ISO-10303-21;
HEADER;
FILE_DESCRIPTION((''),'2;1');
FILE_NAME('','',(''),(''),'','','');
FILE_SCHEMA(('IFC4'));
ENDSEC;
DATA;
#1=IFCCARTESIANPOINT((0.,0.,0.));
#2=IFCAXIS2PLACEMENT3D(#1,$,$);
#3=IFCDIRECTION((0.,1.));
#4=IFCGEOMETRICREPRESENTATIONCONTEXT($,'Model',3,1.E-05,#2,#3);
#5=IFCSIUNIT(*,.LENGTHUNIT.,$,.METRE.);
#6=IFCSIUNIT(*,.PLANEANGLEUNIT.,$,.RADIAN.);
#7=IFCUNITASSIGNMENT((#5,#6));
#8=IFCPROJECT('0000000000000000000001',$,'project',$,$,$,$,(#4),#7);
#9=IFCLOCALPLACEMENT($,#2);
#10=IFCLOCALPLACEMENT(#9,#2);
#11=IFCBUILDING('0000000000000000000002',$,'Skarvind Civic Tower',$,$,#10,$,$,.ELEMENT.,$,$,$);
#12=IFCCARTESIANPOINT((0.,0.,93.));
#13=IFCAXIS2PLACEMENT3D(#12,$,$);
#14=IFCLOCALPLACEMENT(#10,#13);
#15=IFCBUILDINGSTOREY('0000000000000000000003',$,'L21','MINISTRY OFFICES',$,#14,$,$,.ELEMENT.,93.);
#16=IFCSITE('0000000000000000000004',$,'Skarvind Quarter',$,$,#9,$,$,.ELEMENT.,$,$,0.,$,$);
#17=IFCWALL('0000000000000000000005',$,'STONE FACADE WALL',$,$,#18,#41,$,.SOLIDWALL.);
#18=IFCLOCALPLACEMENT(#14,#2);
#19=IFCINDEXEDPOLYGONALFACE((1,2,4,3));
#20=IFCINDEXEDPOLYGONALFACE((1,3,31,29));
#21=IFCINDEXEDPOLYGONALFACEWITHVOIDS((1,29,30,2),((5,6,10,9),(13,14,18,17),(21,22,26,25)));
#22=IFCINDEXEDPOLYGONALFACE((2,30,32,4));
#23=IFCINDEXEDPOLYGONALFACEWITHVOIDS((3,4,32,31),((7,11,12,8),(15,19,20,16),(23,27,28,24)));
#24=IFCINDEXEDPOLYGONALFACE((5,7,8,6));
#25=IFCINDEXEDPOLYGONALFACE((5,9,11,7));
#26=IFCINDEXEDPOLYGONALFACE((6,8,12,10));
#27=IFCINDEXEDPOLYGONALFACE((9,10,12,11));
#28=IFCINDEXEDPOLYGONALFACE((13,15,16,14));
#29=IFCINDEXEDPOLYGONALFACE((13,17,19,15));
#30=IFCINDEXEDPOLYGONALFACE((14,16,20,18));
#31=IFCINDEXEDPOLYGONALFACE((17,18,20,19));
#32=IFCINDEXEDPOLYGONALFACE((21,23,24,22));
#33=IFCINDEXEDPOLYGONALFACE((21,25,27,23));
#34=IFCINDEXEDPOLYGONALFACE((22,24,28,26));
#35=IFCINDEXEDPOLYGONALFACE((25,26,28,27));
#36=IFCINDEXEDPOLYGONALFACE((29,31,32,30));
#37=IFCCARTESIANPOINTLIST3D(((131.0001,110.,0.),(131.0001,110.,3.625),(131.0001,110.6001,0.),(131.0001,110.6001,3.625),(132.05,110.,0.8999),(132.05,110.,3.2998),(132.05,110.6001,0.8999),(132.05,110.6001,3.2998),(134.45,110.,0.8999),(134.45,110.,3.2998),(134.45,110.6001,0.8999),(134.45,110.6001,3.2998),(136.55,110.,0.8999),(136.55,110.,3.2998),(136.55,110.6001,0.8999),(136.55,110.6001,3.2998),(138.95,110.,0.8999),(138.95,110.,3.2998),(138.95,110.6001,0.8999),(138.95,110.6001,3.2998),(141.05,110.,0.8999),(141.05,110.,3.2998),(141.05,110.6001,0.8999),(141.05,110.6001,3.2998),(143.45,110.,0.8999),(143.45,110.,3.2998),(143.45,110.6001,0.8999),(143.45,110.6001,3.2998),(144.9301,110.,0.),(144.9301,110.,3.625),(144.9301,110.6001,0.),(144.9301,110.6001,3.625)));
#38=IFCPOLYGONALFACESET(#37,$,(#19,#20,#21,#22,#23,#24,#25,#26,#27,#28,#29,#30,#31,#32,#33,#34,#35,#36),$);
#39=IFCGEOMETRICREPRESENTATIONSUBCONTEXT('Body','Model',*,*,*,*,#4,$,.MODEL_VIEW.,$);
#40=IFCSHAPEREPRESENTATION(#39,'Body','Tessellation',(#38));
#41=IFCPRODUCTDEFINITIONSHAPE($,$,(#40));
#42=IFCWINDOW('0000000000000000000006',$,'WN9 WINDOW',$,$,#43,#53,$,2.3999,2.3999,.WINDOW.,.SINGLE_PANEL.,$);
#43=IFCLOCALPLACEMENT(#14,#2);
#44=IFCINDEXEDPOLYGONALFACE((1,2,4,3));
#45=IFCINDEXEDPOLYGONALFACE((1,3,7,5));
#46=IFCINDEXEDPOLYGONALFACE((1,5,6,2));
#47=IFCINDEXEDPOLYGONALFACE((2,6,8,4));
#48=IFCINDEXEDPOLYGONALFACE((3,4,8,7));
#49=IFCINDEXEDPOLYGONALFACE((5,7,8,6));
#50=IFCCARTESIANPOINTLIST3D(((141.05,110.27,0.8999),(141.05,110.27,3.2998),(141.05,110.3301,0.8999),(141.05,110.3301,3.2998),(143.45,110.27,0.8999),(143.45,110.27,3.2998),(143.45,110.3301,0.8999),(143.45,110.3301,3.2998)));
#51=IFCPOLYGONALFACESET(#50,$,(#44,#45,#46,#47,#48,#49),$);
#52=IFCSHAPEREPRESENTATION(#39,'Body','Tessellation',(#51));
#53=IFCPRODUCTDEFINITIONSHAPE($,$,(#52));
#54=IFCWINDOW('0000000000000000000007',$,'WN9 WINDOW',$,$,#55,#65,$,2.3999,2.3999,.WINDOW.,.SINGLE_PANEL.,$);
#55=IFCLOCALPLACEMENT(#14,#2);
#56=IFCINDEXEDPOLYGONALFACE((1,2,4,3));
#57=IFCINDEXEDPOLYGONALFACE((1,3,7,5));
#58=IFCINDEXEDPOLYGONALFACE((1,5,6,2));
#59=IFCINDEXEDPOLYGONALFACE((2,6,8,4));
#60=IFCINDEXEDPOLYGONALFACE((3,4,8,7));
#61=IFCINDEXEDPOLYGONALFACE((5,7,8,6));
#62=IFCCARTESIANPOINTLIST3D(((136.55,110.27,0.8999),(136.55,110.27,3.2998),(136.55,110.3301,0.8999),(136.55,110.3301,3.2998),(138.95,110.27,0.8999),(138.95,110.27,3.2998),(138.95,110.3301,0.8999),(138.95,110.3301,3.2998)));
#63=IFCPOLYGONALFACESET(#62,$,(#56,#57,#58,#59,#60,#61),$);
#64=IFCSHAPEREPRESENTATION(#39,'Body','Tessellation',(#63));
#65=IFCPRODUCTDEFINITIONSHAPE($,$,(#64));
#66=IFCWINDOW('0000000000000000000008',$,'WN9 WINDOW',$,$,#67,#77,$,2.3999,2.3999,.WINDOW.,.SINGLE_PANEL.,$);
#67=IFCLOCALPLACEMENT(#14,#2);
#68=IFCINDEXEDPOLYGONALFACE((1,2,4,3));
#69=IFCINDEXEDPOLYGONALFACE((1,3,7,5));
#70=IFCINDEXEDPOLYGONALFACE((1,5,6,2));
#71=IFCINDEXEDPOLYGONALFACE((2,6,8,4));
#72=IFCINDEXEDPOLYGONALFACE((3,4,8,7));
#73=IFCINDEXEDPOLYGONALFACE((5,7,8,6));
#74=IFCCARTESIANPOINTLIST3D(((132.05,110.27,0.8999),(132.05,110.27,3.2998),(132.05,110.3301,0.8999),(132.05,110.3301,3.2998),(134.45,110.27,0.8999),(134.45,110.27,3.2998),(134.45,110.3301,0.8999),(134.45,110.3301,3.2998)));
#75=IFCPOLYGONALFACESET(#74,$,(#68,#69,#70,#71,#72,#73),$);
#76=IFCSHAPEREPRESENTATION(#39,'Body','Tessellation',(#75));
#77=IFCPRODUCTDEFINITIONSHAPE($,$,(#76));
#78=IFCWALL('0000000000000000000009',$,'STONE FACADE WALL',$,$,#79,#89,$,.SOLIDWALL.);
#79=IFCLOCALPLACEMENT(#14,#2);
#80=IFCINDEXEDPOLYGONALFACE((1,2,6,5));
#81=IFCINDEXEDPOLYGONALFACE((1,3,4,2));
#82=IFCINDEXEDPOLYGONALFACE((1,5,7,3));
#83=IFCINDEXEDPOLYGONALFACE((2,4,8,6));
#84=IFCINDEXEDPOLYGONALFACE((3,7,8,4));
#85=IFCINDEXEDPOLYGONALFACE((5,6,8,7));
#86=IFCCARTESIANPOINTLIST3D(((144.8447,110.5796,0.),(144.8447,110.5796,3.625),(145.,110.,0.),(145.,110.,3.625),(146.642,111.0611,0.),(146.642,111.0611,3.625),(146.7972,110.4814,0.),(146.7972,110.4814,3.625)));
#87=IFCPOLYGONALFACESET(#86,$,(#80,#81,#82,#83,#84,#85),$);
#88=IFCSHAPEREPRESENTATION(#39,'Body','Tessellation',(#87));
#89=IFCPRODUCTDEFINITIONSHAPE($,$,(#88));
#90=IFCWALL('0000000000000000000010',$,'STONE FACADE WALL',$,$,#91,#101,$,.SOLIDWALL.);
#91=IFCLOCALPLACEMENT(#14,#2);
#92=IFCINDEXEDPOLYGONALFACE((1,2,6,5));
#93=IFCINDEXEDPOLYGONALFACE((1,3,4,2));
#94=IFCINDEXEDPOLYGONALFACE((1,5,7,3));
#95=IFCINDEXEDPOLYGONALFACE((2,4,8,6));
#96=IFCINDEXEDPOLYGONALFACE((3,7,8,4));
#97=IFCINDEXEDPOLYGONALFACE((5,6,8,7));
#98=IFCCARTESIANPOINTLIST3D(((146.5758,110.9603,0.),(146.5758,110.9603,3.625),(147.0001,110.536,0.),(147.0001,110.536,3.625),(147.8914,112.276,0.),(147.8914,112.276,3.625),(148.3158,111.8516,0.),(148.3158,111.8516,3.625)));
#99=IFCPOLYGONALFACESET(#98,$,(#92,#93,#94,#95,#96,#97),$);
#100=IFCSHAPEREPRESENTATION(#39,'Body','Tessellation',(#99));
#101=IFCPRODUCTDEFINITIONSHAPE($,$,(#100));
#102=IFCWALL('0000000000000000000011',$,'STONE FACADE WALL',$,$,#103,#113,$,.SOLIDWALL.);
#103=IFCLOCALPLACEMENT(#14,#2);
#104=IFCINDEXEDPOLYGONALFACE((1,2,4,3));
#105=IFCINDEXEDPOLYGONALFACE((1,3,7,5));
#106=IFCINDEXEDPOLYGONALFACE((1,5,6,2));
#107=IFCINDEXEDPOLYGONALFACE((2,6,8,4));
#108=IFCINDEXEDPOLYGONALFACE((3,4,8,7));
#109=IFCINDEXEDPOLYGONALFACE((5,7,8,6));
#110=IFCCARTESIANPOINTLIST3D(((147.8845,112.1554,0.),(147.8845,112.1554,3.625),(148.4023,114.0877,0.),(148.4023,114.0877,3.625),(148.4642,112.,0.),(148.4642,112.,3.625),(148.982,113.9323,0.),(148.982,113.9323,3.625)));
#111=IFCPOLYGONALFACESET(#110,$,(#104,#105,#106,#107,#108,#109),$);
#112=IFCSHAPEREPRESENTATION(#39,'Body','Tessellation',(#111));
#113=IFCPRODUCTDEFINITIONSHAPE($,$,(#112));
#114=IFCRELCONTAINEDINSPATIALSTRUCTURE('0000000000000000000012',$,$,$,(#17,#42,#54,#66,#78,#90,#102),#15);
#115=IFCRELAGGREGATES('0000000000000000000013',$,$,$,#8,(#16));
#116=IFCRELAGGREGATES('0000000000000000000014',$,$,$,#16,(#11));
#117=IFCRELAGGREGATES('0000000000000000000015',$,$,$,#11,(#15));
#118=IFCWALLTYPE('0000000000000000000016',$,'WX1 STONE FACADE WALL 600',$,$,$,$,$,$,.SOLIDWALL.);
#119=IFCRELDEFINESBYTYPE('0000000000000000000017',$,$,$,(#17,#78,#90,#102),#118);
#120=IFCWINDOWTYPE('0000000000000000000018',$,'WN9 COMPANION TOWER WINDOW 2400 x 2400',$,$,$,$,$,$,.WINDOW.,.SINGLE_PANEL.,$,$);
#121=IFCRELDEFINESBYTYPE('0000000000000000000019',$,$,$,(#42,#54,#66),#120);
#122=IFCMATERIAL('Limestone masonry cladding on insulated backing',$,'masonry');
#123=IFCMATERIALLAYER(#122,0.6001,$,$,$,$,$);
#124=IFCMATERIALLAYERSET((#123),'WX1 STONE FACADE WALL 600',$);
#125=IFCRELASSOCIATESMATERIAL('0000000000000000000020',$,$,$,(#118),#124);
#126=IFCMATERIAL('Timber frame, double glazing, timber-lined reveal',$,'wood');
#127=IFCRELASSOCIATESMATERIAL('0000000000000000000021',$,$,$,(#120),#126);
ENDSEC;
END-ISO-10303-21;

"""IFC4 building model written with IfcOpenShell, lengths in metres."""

from ifc_helpers import new_model, si_unit, direction, frame, frame_2d, origin, place, context, subcontext, project, spatial, rectangle, extrude, material, layer, layer_set, type_object, element, fill, save


model = new_model("IFC4")

# Units and contexts
model_context = context("Model", 3, precision=1e-05, world=origin(), true_north=direction((0.0, 1.0)))
body_context = subcontext(model_context, "Body", "Model", "MODEL_VIEW")
ifc_project = project(units=[si_unit("LENGTHUNIT", "METRE"), si_unit("PLANEANGLEUNIT", "RADIAN")], contexts=[model_context])

# Site, building, storey
site_placement = place(None, origin())
site = spatial("IfcSite", under=ifc_project, at=site_placement, Name="Skarvind Quarter", CompositionType="ELEMENT", RefElevation=0.0)
building_placement = place(site_placement, origin())
building = spatial("IfcBuilding", under=site, at=building_placement, Name="Skarvind Civic Tower", CompositionType="ELEMENT")
storey_placement = place(building_placement, frame((0.0, 0.0, 93.0)))
storey = spatial("IfcBuildingStorey", under=building, at=storey_placement, Name="L21", Description="MINISTRY OFFICES", CompositionType="ELEMENT", Elevation=93.0)

# Wall, openings, windows
ifc_material_1 = material(Name="Limestone masonry cladding on insulated backing", Category="masonry")
ifc_layer_1 = layer(ifc_material_1, 0.6001)
ifc_layer_set_1 = layer_set([ifc_layer_1], Name="WX1 STONE FACADE WALL 600")
wall_type_1 = type_object("IfcWallType", Name="WX1 STONE FACADE WALL 600", PredefinedType="SOLIDWALL", material=ifc_layer_set_1)
wall_1_placement = place(storey_placement, frame((144.9299, 110.3, 0.0), z_axis=(0.0, 0.0, 1.0), x_axis=(-1.0, 0.0, 0.0)))
wall_1 = element("IfcWall", 1, at=wall_1_placement, inside=storey, type_object=wall_type_1, Name="STONE FACADE WALL", PredefinedType="SOLIDWALL", context=body_context, shape_type="SweptSolid", body=[
    extrude(rectangle(XDim=13.9299, YDim=0.6001, at=frame_2d((6.9648, 0.0))), origin(), (0.0, 0.0, 1.0), 3.625),
])
opening_1_placement = place(wall_1_placement, frame((1.48, 0.0, 0.8999)))
opening_1 = element("IfcOpeningElement", 2, at=opening_1_placement, cuts=wall_1, PredefinedType="OPENING", context=body_context, shape_type="SweptSolid", body=[
    extrude(rectangle(XDim=2.3999, YDim=2.3999, at=frame_2d((1.2, 1.2))), frame((0.0, 0.3101, 0.0), z_axis=(0.0, -1.0, 0.0), x_axis=(1.0, 0.0, 0.0)), (0.0, 0.0, 1.0), 0.6201),
])
opening_2_placement = place(wall_1_placement, frame((5.98, 0.0, 0.8999)))
opening_2 = element("IfcOpeningElement", 3, at=opening_2_placement, cuts=wall_1, PredefinedType="OPENING", context=body_context, shape_type="SweptSolid", body=[
    extrude(rectangle(XDim=2.3999, YDim=2.3999, at=frame_2d((1.2, 1.2))), frame((0.0, 0.3101, 0.0), z_axis=(0.0, -1.0, 0.0), x_axis=(1.0, 0.0, 0.0)), (0.0, 0.0, 1.0), 0.6201),
])
opening_3_placement = place(wall_1_placement, frame((10.48, 0.0, 0.8999)))
opening_3 = element("IfcOpeningElement", 4, at=opening_3_placement, cuts=wall_1, PredefinedType="OPENING", context=body_context, shape_type="SweptSolid", body=[
    extrude(rectangle(XDim=2.3999, YDim=2.3999, at=frame_2d((1.2, 1.2))), frame((0.0, 0.3101, 0.0), z_axis=(0.0, -1.0, 0.0), x_axis=(1.0, 0.0, 0.0)), (0.0, 0.0, 1.0), 0.6201),
])
ifc_material_2 = material(Name="Timber frame, double glazing, timber-lined reveal", Category="wood")
window_type = type_object("IfcWindowType", Name="WN9 COMPANION TOWER WINDOW 2400 x 2400", PartitioningType="SINGLE_PANEL", PredefinedType="WINDOW", material=ifc_material_2)
window_1_placement = place(opening_1_placement, origin())
window_1 = element("IfcWindow", 5, at=window_1_placement, inside=storey, type_object=window_type, Name="WN9 WINDOW", OverallHeight=2.3999, OverallWidth=2.3999, PartitioningType="SINGLE_PANEL", PredefinedType="WINDOW", context=body_context, shape_type="SweptSolid", body=[
    extrude(rectangle(XDim=2.3999, YDim=2.3999, at=frame_2d((1.2, 1.2))), frame((0.0, 0.03, 0.0), z_axis=(0.0, -1.0, 0.0), x_axis=(1.0, 0.0, 0.0)), (0.0, 0.0, 1.0), 0.0601),
])
fill(opening_1, window_1)
window_2_placement = place(opening_2_placement, origin())
window_2 = element("IfcWindow", 6, at=window_2_placement, inside=storey, type_object=window_type, Name="WN9 WINDOW", OverallHeight=2.3999, OverallWidth=2.3999, PartitioningType="SINGLE_PANEL", PredefinedType="WINDOW", context=body_context, shape_type="SweptSolid", body=[
    extrude(rectangle(XDim=2.3999, YDim=2.3999, at=frame_2d((1.2, 1.2))), frame((0.0, 0.03, 0.0), z_axis=(0.0, -1.0, 0.0), x_axis=(1.0, 0.0, 0.0)), (0.0, 0.0, 1.0), 0.0601),
])
fill(opening_2, window_2)
window_3_placement = place(opening_3_placement, origin())
window_3 = element("IfcWindow", 7, at=window_3_placement, inside=storey, type_object=window_type, Name="WN9 WINDOW", OverallHeight=2.3999, OverallWidth=2.3999, PartitioningType="SINGLE_PANEL", PredefinedType="WINDOW", context=body_context, shape_type="SweptSolid", body=[
    extrude(rectangle(XDim=2.3999, YDim=2.3999, at=frame_2d((1.2, 1.2))), frame((0.0, 0.03, 0.0), z_axis=(0.0, -1.0, 0.0), x_axis=(1.0, 0.0, 0.0)), (0.0, 0.0, 1.0), 0.0601),
])
fill(opening_3, window_3)

# Walls
for number, where, z_axis, x_axis, name in (
    (8, (146.7195, 110.7712, 0.0), (0.0, 0.0, 1.0), (-0.965938, -0.258773, 0.0), "STONE FACADE WALL"),
    (9, (148.1035, 112.0637, 0.0), (0.0, 0.0, 1.0), (-0.707107, -0.707107, 0.0), "STONE FACADE WALL"),
):
    element("IfcWall", number, at=place(storey_placement, frame(where, z_axis=z_axis, x_axis=x_axis)), inside=storey, type_object=wall_type_1, Name=name, PredefinedType="SOLIDWALL", context=body_context, shape_type="SweptSolid", body=[
        extrude(rectangle(XDim=1.8606, YDim=0.6001, at=frame_2d((0.9302, 0.0))), origin(), (0.0, 0.0, 1.0), 3.625),
    ])
wall_2_placement = place(storey_placement, frame((148.6921, 114.01, 0.0), z_axis=(0.0, 0.0, 1.0), x_axis=(-0.25884, -0.96592, 0.0)))
element("IfcWall", 10, at=wall_2_placement, inside=storey, type_object=wall_type_1, Name="STONE FACADE WALL", PredefinedType="SOLIDWALL", context=body_context, shape_type="SweptSolid", body=[
    extrude(rectangle(XDim=2.0005, YDim=0.6001, at=frame_2d((1.0002, 0.0))), origin(), (0.0, 0.0, 1.0), 3.625),
])

save(model, "model.ifc")
